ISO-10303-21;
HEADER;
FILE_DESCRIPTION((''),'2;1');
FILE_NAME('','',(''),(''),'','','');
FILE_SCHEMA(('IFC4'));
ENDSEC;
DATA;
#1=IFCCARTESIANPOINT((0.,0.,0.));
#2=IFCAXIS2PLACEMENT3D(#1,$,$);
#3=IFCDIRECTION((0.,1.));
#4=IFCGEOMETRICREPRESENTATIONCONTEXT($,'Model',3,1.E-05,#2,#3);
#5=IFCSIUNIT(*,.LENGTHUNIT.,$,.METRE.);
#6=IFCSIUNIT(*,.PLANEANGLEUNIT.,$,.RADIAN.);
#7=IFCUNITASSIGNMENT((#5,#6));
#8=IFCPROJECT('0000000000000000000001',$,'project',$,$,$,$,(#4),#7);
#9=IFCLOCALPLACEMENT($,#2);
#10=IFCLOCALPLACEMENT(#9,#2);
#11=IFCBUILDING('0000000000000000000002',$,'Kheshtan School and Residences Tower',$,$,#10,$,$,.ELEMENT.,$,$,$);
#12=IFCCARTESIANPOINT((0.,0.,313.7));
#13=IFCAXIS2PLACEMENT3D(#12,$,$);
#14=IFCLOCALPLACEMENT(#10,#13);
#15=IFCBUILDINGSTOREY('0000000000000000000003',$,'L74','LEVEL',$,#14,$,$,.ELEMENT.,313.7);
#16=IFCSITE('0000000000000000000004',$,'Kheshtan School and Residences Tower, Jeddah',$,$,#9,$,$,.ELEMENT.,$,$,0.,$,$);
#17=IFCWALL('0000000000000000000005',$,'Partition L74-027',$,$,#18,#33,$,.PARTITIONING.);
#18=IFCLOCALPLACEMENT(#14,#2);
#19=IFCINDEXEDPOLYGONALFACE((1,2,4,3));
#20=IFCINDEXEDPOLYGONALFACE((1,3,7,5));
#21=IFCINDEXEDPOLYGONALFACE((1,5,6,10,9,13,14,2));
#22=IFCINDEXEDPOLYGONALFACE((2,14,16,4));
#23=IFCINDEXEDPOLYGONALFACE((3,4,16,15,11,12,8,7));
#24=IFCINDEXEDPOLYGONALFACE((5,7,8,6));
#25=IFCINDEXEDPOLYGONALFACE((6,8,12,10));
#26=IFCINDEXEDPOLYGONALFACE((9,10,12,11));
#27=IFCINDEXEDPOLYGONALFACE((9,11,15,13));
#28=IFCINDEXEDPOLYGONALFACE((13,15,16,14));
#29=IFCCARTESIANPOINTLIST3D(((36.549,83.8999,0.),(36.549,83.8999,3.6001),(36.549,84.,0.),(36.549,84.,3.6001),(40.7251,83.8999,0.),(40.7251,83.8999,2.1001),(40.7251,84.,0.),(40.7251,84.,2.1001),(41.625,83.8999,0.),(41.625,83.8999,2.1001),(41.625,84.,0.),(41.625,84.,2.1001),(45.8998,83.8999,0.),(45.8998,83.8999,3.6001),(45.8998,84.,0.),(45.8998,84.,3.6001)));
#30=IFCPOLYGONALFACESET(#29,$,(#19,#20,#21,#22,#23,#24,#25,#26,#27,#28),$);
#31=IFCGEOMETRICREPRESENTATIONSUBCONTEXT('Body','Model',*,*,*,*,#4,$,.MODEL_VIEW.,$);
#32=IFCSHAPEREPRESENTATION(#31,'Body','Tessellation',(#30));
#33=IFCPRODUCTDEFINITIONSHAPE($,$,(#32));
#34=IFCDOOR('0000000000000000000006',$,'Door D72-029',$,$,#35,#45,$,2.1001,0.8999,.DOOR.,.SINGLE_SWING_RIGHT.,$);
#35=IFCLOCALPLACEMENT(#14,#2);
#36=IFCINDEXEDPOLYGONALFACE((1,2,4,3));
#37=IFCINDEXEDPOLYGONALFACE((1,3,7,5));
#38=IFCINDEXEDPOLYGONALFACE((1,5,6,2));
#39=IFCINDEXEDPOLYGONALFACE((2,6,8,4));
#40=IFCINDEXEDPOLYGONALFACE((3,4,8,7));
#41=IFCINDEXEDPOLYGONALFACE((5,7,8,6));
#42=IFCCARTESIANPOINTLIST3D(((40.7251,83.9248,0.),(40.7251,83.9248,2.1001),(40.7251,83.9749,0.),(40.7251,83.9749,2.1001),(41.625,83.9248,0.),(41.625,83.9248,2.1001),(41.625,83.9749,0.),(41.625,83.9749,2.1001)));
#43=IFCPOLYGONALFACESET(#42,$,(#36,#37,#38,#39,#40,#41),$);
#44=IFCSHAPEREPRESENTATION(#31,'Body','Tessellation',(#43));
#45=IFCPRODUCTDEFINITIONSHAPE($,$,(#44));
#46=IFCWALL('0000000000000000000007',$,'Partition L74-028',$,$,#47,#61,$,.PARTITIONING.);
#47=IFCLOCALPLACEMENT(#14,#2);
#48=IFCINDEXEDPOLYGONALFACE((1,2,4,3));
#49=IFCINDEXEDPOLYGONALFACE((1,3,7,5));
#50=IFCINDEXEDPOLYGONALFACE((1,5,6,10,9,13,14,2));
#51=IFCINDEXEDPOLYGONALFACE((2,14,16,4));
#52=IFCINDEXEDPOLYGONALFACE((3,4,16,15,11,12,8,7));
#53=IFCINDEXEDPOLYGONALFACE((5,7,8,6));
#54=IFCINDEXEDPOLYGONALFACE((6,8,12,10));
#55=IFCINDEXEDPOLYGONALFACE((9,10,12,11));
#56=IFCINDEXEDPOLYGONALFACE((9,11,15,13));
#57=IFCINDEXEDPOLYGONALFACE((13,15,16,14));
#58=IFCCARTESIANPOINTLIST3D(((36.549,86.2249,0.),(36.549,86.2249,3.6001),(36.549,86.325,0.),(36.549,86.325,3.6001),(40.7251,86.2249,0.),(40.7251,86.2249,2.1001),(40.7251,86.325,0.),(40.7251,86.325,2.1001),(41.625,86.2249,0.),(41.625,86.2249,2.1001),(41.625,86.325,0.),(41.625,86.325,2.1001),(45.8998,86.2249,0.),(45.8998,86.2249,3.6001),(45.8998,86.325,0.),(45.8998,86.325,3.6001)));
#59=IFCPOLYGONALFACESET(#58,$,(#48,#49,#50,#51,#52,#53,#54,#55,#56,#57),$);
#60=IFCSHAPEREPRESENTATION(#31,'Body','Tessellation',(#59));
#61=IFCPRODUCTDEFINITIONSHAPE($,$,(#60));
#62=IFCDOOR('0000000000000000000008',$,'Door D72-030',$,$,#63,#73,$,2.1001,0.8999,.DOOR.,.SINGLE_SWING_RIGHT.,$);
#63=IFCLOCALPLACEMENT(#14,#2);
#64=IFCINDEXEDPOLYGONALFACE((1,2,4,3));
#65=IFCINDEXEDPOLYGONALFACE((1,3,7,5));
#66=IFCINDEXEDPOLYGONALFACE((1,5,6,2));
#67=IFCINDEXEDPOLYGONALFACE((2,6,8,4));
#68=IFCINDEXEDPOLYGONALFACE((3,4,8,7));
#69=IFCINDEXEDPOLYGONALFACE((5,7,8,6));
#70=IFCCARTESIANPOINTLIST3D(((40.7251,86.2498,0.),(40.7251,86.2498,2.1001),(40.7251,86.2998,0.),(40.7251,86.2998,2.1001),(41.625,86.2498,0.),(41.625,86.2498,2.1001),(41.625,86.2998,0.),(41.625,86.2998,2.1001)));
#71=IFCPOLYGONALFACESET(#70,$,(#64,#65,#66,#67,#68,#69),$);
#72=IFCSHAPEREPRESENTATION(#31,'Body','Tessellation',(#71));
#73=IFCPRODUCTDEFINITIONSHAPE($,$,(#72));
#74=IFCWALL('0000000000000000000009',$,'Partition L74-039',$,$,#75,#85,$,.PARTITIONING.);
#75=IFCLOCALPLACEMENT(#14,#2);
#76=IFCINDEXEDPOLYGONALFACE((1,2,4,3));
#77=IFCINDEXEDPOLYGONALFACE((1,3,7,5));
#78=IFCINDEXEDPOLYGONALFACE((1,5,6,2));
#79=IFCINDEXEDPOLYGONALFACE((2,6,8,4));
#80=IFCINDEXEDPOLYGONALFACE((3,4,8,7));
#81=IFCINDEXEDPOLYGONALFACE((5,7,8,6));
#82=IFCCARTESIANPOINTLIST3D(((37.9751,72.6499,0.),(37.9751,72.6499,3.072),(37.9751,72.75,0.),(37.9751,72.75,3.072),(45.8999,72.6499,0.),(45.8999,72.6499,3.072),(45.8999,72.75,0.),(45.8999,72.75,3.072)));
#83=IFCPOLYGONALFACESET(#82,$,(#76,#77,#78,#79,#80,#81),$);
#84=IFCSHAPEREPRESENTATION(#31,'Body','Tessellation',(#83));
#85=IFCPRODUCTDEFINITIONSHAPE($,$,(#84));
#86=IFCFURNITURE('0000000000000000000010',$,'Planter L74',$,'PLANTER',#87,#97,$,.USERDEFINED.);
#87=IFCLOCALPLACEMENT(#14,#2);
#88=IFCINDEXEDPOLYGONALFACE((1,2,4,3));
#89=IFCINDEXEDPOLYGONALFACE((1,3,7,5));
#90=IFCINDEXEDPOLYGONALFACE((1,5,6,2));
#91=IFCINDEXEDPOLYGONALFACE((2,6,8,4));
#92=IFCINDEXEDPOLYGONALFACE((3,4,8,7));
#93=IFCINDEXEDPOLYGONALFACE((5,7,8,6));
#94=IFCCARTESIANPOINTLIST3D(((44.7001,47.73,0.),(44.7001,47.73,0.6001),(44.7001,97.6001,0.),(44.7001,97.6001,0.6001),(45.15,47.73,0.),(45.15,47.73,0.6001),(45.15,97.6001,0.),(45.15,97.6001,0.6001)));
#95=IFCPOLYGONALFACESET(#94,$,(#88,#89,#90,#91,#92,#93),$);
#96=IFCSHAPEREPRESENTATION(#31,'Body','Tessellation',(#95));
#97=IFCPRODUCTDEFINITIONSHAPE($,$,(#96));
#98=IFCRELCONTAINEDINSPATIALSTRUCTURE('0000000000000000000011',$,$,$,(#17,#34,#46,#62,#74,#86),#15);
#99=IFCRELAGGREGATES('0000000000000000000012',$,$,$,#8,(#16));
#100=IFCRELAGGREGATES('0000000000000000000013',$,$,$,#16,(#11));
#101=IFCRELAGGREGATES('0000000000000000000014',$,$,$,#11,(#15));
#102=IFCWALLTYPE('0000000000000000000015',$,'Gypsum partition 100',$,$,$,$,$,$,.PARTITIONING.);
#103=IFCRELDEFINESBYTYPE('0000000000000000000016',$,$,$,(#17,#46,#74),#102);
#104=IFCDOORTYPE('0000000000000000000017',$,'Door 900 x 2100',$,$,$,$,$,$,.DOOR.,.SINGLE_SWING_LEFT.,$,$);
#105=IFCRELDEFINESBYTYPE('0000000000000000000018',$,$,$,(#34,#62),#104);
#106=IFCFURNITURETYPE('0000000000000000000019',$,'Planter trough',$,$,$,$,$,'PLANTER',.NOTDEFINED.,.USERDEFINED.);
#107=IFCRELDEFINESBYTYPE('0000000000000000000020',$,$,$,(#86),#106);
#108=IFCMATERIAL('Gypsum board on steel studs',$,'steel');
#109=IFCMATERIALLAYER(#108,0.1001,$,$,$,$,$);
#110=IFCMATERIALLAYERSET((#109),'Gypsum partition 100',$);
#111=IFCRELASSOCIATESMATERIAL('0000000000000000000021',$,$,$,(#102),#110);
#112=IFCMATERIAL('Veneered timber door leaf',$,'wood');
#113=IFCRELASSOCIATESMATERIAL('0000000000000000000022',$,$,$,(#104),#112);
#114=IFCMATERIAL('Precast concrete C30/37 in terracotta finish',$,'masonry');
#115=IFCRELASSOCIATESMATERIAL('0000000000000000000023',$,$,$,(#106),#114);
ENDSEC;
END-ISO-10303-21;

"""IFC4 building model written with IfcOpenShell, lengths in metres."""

from ifc_helpers import new_model, si_unit, direction, frame, frame_2d, origin, origin_2d, place, context, subcontext, project, spatial, rectangle, extrude, source, transform, mapped, material, layer, layer_set, type_object, element, fill, save


model = new_model("IFC4")

# Units and contexts
model_context = context("Model", 3, precision=1e-05, world=origin(), true_north=direction((0.0, 1.0)))
body_context = subcontext(model_context, "Body", "Model", "MODEL_VIEW")
ifc_project = project(units=[si_unit("LENGTHUNIT", "METRE"), si_unit("PLANEANGLEUNIT", "RADIAN")], contexts=[model_context])

# Site, building, storey
site_placement = place(None, origin())
site = spatial("IfcSite", under=ifc_project, at=site_placement, Name="Kheshtan School and Residences Tower, Jeddah", CompositionType="ELEMENT", RefElevation=0.0)
building_placement = place(site_placement, origin())
building = spatial("IfcBuilding", under=site, at=building_placement, Name="Kheshtan School and Residences Tower", CompositionType="ELEMENT")
storey_placement = place(building_placement, frame((0.0, 0.0, 313.7)))
storey = spatial("IfcBuildingStorey", under=building, at=storey_placement, Name="L74", Description="LEVEL", CompositionType="ELEMENT", Elevation=313.7)

# Walls, openings, doors
ifc_material_1 = material(Name="Gypsum board on steel studs", Category="steel")
ifc_layer_1 = layer(ifc_material_1, 0.1001)
ifc_layer_set_1 = layer_set([ifc_layer_1], Name="Gypsum partition 100")
wall_type_1 = type_object("IfcWallType", Name="Gypsum partition 100", PredefinedType="PARTITIONING", material=ifc_layer_set_1)
ifc_material_2 = material(Name="Veneered timber door leaf", Category="wood")
door_type_1 = type_object("IfcDoorType", Name="Door 900 x 2100", OperationType="SINGLE_SWING_LEFT", PredefinedType="DOOR", material=ifc_material_2)
shared_shape_1 = source(origin(), body_context, "Body", "SweptSolid", [
    extrude(rectangle(XDim=0.8999, YDim=2.1001, at=frame_2d((0.45, 1.05))), frame((0.0, 0.0249, 0.0), z_axis=(0.0, -1.0, 0.0), x_axis=(1.0, 0.0, 0.0)), (0.0, 0.0, 1.0), 0.05),
])
wall_1_placement = place(storey_placement, frame((36.5491, 83.95, 0.0), z_axis=(0.0, 0.0, 1.0), x_axis=(1.0, 0.0, 0.0)))
wall_1 = element("IfcWall", 1, at=wall_1_placement, inside=storey, type_object=wall_type_1, Name="Partition L74-027", PredefinedType="PARTITIONING", context=body_context, shape_type="SweptSolid", body=[
    extrude(rectangle(XDim=9.3508, YDim=0.1001, at=frame_2d((4.6753, 0.0))), origin(), (0.0, 0.0, 1.0), 3.6001),
])
opening_1_placement = place(wall_1_placement, frame((4.176, 0.0, 0.0)))
opening_1 = element("IfcOpeningElement", 2, at=opening_1_placement, cuts=wall_1, PredefinedType="OPENING", context=body_context, shape_type="SweptSolid", body=[
    extrude(rectangle(XDim=0.8999, YDim=2.1001, at=frame_2d((0.45, 1.05))), frame((0.0, 0.0601, 0.0), z_axis=(0.0, -1.0, 0.0), x_axis=(1.0, 0.0, 0.0)), (0.0, 0.0, 1.0), 0.1201),
])
door_1_placement = place(opening_1_placement, origin())
door_1 = element("IfcDoor", 3, at=door_1_placement, inside=storey, type_object=door_type_1, Name="Door D72-029", OperationType="SINGLE_SWING_RIGHT", OverallHeight=2.1001, OverallWidth=0.8999, PredefinedType="DOOR", context=body_context, shape_type="MappedRepresentation", body=[
    mapped(shared_shape_1, transform((0.0, 0.0, 0.0), x_axis=(1.0, 0.0, 0.0), y_axis=(0.0, 1.0, 0.0), z_axis=(0.0, 0.0, 1.0), scale=1.0)),
])
fill(opening_1, door_1)
wall_2_placement = place(storey_placement, frame((36.5491, 86.2749, 0.0), z_axis=(0.0, 0.0, 1.0), x_axis=(1.0, 0.0, 0.0)))
wall_2 = element("IfcWall", 4, at=wall_2_placement, inside=storey, type_object=wall_type_1, Name="Partition L74-028", PredefinedType="PARTITIONING", context=body_context, shape_type="SweptSolid", body=[
    extrude(rectangle(XDim=9.3508, YDim=0.1001, at=frame_2d((4.6753, 0.0))), origin(), (0.0, 0.0, 1.0), 3.6001),
])
opening_2_placement = place(wall_2_placement, frame((4.176, 0.0, 0.0)))
opening_2 = element("IfcOpeningElement", 5, at=opening_2_placement, cuts=wall_2, PredefinedType="OPENING", context=body_context, shape_type="SweptSolid", body=[
    extrude(rectangle(XDim=0.8999, YDim=2.1001, at=frame_2d((0.45, 1.05))), frame((0.0, 0.0601, 0.0), z_axis=(0.0, -1.0, 0.0), x_axis=(1.0, 0.0, 0.0)), (0.0, 0.0, 1.0), 0.1201),
])
door_2_placement = place(opening_2_placement, origin())
door_2 = element("IfcDoor", 6, at=door_2_placement, inside=storey, type_object=door_type_1, Name="Door D72-030", OperationType="SINGLE_SWING_RIGHT", OverallHeight=2.1001, OverallWidth=0.8999, PredefinedType="DOOR", context=body_context, shape_type="MappedRepresentation", body=[
    mapped(shared_shape_1, transform((0.0, 0.0, 0.0), x_axis=(1.0, 0.0, 0.0), y_axis=(0.0, 1.0, 0.0), z_axis=(0.0, 0.0, 1.0), scale=1.0)),
])
fill(opening_2, door_2)

# Wall
wall_3_placement = place(storey_placement, frame((37.9751, 72.7, 0.0), z_axis=(0.0, 0.0, 1.0), x_axis=(1.0, 0.0, 0.0)))
element("IfcWall", 7, at=wall_3_placement, inside=storey, type_object=wall_type_1, Name="Partition L74-039", PredefinedType="PARTITIONING", context=body_context, shape_type="SweptSolid", body=[
    extrude(rectangle(XDim=7.9248, YDim=0.1001, at=frame_2d((3.9624, 0.0))), origin(), (0.0, 0.0, 1.0), 3.072),
])

# Furniture
ifc_material_3 = material(Name="Precast concrete C30/37 in terracotta finish", Category="masonry")
furniture_type = type_object("IfcFurnitureType", Name="Planter trough", ElementType="PLANTER", AssemblyPlace="NOTDEFINED", PredefinedType="USERDEFINED", material=ifc_material_3)
furniture_placement = place(storey_placement, frame((44.925, 72.665, 0.0), z_axis=(0.0, 0.0, 1.0), x_axis=(0.0, -1.0, 0.0)))
element("IfcFurniture", 8, at=furniture_placement, inside=storey, type_object=furniture_type, Name="Planter L74", ObjectType="PLANTER", PredefinedType="USERDEFINED", context=body_context, shape_type="SweptSolid", body=[
    extrude(rectangle(XDim=49.8701, YDim=0.45, at=origin_2d()), origin(), (0.0, 0.0, 1.0), 0.6001),
])

save(model, "model.ifc")
